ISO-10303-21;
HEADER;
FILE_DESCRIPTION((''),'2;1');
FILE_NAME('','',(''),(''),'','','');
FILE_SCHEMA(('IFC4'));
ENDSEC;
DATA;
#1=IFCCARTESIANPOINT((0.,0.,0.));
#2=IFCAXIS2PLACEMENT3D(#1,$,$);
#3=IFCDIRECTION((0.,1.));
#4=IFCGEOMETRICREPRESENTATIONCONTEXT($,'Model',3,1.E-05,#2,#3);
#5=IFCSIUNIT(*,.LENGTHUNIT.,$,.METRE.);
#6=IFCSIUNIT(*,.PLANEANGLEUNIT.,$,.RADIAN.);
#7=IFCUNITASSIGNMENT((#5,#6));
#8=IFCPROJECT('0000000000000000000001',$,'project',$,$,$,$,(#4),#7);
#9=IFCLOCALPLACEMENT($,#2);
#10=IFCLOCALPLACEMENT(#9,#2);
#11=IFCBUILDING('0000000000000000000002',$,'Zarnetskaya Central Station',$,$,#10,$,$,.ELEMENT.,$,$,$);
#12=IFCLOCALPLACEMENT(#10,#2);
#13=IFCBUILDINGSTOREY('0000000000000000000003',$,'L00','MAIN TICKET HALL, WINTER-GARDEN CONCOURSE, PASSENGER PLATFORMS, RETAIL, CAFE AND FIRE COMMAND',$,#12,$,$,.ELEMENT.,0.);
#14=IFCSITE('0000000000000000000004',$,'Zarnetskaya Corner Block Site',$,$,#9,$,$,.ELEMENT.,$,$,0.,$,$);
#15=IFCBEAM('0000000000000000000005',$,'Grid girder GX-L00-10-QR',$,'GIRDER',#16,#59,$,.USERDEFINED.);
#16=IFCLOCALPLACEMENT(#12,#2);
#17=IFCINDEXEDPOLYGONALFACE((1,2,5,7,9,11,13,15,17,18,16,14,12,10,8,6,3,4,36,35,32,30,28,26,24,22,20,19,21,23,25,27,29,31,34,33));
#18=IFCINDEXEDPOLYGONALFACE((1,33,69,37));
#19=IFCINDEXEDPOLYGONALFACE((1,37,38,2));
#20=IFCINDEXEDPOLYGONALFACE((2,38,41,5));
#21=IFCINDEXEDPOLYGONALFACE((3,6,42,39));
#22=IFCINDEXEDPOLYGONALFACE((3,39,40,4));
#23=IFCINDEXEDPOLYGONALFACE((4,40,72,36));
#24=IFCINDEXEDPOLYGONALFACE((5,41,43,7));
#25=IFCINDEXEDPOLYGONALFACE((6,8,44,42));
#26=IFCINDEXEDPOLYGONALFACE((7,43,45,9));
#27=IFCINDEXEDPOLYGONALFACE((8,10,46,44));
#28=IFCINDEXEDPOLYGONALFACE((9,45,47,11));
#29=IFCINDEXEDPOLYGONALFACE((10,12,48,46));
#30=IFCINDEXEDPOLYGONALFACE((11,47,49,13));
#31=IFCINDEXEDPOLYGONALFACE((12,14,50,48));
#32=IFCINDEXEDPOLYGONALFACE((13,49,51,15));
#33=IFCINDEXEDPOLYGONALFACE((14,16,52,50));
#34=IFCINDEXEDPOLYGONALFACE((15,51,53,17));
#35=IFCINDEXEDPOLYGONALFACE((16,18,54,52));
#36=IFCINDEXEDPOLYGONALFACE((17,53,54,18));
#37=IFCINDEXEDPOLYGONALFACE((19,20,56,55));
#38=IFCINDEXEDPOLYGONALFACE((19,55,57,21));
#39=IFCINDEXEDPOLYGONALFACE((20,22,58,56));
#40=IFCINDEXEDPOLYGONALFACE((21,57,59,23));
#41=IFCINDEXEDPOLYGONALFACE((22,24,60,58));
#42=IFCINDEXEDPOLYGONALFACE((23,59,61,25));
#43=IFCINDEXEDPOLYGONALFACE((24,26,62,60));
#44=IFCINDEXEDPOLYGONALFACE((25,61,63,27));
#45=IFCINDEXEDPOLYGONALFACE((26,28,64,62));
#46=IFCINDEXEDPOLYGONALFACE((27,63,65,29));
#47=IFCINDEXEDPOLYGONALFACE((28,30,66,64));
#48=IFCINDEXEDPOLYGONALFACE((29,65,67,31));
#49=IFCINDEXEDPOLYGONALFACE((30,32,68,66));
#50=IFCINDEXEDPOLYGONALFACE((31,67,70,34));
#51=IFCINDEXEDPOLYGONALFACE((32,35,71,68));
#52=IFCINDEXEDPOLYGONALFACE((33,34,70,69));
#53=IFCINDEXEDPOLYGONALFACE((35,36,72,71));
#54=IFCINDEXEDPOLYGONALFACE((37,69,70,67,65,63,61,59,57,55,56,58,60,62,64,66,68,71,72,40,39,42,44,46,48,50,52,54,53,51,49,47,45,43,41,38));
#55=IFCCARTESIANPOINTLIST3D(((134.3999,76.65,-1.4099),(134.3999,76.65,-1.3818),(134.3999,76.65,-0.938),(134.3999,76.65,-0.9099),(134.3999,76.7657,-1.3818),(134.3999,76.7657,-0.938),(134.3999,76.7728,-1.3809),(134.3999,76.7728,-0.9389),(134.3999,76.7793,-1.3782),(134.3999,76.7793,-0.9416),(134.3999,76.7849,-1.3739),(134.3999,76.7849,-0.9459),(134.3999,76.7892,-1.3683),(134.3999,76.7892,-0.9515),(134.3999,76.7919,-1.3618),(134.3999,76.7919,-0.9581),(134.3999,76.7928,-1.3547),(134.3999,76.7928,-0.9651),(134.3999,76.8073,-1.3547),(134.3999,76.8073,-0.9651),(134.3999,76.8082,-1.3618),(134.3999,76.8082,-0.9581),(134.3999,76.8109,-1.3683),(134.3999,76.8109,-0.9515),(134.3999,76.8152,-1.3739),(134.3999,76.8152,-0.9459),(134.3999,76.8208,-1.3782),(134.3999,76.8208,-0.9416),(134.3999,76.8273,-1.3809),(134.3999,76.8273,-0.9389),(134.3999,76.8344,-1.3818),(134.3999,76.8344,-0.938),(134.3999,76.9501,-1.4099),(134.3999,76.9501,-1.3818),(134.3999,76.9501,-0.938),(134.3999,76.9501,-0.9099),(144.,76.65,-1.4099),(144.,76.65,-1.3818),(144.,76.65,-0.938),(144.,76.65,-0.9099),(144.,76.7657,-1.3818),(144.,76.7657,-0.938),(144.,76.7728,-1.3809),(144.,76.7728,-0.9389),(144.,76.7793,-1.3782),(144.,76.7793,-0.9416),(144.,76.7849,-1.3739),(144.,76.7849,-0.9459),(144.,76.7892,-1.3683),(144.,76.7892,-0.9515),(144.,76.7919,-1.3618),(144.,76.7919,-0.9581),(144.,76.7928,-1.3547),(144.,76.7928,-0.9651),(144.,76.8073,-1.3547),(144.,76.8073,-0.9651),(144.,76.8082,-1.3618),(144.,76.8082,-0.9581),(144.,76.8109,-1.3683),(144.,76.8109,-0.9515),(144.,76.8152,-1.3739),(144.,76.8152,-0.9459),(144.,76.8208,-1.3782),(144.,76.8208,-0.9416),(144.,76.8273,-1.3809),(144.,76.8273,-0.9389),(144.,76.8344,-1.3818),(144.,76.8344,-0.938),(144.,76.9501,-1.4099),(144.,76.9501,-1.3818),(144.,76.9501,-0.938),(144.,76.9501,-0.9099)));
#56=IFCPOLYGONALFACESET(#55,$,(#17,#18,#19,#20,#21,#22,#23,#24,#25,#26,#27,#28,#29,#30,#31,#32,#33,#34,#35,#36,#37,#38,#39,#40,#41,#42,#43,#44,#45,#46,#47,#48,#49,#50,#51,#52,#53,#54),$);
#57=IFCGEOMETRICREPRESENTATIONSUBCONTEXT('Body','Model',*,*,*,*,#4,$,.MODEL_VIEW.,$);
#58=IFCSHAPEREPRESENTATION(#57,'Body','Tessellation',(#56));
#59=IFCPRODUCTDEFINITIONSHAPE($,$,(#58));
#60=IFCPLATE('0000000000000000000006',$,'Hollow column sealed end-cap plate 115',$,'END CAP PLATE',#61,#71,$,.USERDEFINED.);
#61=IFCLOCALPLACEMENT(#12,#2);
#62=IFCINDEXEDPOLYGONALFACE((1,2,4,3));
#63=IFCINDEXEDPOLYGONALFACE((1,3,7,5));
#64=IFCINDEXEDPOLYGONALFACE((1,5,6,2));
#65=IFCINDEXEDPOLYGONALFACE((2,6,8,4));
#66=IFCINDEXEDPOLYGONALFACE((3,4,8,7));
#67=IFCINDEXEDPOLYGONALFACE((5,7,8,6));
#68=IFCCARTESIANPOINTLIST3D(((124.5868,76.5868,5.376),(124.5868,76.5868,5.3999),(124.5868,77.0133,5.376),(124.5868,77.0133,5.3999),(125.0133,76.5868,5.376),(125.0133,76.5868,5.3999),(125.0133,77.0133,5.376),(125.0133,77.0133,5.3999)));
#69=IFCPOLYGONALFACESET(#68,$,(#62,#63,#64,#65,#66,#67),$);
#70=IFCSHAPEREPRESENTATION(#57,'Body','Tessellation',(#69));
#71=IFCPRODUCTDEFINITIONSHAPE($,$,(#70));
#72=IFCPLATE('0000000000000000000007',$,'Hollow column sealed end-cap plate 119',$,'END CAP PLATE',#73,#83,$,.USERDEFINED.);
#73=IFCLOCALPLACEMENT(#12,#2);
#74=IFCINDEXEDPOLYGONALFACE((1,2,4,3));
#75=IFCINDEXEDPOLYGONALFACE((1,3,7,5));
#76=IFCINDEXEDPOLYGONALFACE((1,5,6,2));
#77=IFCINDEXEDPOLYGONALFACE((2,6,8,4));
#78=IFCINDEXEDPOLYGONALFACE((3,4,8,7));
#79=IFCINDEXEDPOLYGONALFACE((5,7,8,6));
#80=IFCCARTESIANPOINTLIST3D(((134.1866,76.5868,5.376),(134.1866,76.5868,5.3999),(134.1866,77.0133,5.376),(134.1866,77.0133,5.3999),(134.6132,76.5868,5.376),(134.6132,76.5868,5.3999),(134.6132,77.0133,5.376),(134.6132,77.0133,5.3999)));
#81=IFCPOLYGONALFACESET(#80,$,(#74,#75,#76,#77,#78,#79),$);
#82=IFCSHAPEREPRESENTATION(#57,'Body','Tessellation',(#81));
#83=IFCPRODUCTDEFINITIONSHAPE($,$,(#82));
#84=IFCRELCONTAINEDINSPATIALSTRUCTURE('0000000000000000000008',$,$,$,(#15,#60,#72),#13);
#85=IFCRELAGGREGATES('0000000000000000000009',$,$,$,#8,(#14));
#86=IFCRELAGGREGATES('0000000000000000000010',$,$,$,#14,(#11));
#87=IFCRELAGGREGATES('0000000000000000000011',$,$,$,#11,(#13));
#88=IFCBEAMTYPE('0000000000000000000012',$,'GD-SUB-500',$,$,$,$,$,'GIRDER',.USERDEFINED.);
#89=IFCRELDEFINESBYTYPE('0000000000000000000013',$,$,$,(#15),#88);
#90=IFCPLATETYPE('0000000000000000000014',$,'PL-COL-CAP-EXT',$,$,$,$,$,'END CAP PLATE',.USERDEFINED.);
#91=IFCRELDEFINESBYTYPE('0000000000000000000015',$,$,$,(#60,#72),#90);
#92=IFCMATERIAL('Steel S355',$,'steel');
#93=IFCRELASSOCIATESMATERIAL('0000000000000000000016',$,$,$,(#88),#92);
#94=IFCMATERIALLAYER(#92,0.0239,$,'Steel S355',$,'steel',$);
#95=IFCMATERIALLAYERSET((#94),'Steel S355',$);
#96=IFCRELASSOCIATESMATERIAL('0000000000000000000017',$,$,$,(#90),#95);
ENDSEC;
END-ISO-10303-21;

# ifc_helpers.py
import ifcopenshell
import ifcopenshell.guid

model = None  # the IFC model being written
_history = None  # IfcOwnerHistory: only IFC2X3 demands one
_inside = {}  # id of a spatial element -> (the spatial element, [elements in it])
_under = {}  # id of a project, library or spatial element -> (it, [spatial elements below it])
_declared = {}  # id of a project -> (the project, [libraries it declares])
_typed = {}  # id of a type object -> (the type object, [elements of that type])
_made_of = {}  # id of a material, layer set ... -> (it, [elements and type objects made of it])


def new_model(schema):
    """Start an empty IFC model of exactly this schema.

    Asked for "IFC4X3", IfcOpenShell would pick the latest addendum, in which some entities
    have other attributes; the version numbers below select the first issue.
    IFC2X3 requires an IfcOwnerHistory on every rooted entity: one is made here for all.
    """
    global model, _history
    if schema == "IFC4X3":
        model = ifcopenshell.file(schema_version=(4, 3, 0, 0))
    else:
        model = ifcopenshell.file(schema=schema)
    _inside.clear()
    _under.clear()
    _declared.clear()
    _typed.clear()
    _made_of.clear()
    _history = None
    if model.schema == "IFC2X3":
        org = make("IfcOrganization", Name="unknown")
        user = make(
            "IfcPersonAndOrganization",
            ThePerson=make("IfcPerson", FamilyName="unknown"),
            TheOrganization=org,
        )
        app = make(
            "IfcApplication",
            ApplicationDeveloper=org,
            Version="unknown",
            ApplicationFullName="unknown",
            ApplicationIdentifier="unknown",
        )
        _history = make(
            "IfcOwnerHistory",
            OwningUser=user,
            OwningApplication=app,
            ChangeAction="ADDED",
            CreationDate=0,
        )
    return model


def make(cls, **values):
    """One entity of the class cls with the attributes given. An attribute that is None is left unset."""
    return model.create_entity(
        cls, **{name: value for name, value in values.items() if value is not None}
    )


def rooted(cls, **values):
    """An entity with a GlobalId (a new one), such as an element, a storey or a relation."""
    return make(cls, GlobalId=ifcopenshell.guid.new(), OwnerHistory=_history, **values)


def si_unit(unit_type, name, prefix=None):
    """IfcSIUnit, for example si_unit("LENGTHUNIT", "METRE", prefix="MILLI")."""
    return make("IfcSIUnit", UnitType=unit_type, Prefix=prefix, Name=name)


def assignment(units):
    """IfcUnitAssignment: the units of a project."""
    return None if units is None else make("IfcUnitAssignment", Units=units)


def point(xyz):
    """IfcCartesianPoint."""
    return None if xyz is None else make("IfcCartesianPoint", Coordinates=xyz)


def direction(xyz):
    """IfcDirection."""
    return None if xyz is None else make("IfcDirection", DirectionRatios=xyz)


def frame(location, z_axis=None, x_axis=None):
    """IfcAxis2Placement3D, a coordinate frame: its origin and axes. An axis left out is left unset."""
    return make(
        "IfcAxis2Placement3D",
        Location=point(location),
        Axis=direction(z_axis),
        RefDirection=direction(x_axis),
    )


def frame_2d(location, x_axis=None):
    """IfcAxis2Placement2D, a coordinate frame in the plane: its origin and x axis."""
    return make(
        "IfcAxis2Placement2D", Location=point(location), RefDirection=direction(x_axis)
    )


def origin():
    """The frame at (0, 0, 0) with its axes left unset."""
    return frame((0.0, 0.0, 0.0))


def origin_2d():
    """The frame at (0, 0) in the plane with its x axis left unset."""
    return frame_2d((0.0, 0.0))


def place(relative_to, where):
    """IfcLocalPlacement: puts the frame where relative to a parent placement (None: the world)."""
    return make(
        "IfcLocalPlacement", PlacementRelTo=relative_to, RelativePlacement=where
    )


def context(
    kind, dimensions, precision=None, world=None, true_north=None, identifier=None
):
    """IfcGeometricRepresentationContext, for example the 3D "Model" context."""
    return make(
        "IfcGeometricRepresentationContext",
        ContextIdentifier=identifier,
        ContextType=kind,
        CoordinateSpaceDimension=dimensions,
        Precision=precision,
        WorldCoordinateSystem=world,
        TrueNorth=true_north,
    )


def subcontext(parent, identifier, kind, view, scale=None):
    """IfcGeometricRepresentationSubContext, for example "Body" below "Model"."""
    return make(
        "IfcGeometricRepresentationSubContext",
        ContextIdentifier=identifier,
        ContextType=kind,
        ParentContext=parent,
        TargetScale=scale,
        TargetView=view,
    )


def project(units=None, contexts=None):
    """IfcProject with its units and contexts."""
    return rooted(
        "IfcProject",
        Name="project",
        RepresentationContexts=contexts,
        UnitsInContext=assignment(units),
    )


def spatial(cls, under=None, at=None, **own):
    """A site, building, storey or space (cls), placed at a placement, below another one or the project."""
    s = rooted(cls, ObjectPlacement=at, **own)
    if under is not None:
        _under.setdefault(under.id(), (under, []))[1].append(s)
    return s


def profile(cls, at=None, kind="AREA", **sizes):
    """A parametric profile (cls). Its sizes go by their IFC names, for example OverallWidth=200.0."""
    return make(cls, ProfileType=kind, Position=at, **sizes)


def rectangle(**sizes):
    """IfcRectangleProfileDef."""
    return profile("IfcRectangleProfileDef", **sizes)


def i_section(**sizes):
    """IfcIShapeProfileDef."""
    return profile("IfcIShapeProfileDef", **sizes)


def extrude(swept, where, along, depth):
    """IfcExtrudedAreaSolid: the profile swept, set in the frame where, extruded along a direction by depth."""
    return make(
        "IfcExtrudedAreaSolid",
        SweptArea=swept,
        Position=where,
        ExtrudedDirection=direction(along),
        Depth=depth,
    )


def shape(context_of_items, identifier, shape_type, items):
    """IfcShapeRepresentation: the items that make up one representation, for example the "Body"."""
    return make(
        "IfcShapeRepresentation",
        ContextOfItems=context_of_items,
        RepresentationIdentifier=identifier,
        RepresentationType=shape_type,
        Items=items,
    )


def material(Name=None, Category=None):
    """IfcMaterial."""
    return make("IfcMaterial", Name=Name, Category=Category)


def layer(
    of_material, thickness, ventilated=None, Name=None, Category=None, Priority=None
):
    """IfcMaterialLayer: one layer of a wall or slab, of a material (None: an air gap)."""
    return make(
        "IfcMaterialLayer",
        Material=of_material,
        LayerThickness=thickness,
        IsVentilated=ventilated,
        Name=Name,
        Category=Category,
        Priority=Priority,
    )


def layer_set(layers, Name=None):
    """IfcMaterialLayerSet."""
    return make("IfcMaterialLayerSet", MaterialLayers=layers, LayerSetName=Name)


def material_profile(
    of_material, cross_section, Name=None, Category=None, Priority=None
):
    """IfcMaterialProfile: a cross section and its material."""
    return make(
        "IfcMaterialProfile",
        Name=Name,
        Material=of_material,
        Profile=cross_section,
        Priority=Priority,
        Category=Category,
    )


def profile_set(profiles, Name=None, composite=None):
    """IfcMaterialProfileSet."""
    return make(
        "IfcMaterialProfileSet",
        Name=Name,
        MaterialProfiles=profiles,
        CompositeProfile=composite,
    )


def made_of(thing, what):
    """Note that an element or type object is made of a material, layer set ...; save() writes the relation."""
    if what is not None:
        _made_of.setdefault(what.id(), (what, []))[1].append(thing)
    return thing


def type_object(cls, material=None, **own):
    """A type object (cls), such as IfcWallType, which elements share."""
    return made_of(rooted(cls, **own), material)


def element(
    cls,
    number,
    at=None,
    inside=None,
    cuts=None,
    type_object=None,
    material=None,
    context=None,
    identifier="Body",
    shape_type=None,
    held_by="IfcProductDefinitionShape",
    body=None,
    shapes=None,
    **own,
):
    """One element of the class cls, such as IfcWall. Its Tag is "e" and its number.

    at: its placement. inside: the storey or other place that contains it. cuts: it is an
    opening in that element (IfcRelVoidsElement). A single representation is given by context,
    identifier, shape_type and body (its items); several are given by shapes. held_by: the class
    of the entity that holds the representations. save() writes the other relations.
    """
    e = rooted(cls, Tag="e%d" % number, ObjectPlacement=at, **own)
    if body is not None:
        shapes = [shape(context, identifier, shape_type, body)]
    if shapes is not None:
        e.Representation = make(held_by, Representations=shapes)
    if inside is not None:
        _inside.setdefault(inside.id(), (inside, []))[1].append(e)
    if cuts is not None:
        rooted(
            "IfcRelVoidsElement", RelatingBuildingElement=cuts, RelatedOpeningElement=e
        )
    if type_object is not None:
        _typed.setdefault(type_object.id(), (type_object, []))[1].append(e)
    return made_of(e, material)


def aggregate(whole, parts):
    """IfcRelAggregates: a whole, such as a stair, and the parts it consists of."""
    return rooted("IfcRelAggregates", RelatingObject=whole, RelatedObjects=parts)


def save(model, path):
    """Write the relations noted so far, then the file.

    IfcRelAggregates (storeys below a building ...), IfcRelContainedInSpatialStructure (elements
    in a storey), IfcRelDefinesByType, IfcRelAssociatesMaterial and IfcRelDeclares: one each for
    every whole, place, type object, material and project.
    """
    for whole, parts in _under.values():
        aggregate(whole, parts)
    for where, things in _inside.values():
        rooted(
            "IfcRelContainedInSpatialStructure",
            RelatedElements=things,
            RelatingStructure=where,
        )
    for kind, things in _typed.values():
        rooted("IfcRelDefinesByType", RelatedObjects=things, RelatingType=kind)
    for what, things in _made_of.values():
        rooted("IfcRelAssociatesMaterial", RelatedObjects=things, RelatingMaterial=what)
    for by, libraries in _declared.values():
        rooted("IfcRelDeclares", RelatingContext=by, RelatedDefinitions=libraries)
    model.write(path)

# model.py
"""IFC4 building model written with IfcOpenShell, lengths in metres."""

from ifc_helpers import new_model, si_unit, direction, frame, origin, origin_2d, place, context, subcontext, project, spatial, rectangle, i_section, extrude, material, layer, layer_set, material_profile, profile_set, type_object, element, save


model = new_model("IFC4")

# Units and contexts
model_context = context("Model", 3, precision=1e-05, world=origin(), true_north=direction((0.0, 1.0)))
body_context = subcontext(model_context, "Body", "Model", "MODEL_VIEW")
ifc_project = project(units=[si_unit("LENGTHUNIT", "METRE"), si_unit("PLANEANGLEUNIT", "RADIAN")], contexts=[model_context])

# Site, building, storey
site_placement = place(None, origin())
site = spatial("IfcSite", under=ifc_project, at=site_placement, Name="Zarnetskaya Corner Block Site", CompositionType="ELEMENT", RefElevation=0.0)
building_placement = place(site_placement, origin())
building = spatial("IfcBuilding", under=site, at=building_placement, Name="Zarnetskaya Central Station", CompositionType="ELEMENT")
storey_placement = place(building_placement, origin())
storey = spatial("IfcBuildingStorey", under=building, at=storey_placement, Name="L00", Description="MAIN TICKET HALL, WINTER-GARDEN CONCOURSE, PASSENGER PLATFORMS, RETAIL, CAFE AND FIRE COMMAND", CompositionType="ELEMENT", Elevation=0.0)

# Shared definitions
ifc_material = material(Name="Steel S355", Category="steel")

# Beam
ifc_material_profile_1 = material_profile(ifc_material, i_section(OverallWidth=0.3, OverallDepth=0.5, WebThickness=0.0144, FlangeThickness=0.0281, FilletRadius=0.0271, at=origin_2d()), Name="HEB 500")
ifc_profile_set_1 = profile_set([ifc_material_profile_1], Name="Steel S355")
beam_type_1 = type_object("IfcBeamType", Name="GD-SUB-500", ElementType="GIRDER", PredefinedType="USERDEFINED", material=ifc_profile_set_1)
beam_1_placement = place(storey_placement, frame((134.3999, 76.8, -1.1599), z_axis=(1.0, 0.0, 0.0), x_axis=(0.0, 1.0, 0.0)))
element("IfcBeam", 1, at=beam_1_placement, inside=storey, type_object=beam_type_1, Name="Grid girder GX-L00-10-QR", ObjectType="GIRDER", PredefinedType="USERDEFINED", context=body_context, shape_type="SweptSolid", body=[
    extrude(i_section(OverallWidth=0.3, OverallDepth=0.5, WebThickness=0.0144, FlangeThickness=0.0281, FilletRadius=0.0271, at=origin_2d()), origin(), (0.0, 0.0, 1.0), 9.6001),
])

# Plates
ifc_layer = layer(ifc_material, 0.0239, Name="Steel S355", Category="steel")
ifc_layer_set = layer_set([ifc_layer], Name="Steel S355")
plate_type = type_object("IfcPlateType", Name="PL-COL-CAP-EXT", ElementType="END CAP PLATE", PredefinedType="USERDEFINED", material=ifc_layer_set)
for number, where, z_axis, x_axis, name in (
    (2, (124.8, 76.8, 5.376), (0.0, 0.0, 1.0), (1.0, 0.0, 0.0), "Hollow column sealed end-cap plate 115"),
    (3, (134.3999, 76.8, 5.376), (0.0, 0.0, 1.0), (1.0, 0.0, 0.0), "Hollow column sealed end-cap plate 119"),
):
    element("IfcPlate", number, at=place(storey_placement, frame(where, z_axis=z_axis, x_axis=x_axis)), inside=storey, type_object=plate_type, Name=name, ObjectType="END CAP PLATE", PredefinedType="USERDEFINED", context=body_context, shape_type="SweptSolid", body=[
        extrude(rectangle(XDim=0.4265, YDim=0.4265, at=origin_2d()), origin(), (0.0, 0.0, 1.0), 0.0239),
    ])

save(model, "model.ifc")
